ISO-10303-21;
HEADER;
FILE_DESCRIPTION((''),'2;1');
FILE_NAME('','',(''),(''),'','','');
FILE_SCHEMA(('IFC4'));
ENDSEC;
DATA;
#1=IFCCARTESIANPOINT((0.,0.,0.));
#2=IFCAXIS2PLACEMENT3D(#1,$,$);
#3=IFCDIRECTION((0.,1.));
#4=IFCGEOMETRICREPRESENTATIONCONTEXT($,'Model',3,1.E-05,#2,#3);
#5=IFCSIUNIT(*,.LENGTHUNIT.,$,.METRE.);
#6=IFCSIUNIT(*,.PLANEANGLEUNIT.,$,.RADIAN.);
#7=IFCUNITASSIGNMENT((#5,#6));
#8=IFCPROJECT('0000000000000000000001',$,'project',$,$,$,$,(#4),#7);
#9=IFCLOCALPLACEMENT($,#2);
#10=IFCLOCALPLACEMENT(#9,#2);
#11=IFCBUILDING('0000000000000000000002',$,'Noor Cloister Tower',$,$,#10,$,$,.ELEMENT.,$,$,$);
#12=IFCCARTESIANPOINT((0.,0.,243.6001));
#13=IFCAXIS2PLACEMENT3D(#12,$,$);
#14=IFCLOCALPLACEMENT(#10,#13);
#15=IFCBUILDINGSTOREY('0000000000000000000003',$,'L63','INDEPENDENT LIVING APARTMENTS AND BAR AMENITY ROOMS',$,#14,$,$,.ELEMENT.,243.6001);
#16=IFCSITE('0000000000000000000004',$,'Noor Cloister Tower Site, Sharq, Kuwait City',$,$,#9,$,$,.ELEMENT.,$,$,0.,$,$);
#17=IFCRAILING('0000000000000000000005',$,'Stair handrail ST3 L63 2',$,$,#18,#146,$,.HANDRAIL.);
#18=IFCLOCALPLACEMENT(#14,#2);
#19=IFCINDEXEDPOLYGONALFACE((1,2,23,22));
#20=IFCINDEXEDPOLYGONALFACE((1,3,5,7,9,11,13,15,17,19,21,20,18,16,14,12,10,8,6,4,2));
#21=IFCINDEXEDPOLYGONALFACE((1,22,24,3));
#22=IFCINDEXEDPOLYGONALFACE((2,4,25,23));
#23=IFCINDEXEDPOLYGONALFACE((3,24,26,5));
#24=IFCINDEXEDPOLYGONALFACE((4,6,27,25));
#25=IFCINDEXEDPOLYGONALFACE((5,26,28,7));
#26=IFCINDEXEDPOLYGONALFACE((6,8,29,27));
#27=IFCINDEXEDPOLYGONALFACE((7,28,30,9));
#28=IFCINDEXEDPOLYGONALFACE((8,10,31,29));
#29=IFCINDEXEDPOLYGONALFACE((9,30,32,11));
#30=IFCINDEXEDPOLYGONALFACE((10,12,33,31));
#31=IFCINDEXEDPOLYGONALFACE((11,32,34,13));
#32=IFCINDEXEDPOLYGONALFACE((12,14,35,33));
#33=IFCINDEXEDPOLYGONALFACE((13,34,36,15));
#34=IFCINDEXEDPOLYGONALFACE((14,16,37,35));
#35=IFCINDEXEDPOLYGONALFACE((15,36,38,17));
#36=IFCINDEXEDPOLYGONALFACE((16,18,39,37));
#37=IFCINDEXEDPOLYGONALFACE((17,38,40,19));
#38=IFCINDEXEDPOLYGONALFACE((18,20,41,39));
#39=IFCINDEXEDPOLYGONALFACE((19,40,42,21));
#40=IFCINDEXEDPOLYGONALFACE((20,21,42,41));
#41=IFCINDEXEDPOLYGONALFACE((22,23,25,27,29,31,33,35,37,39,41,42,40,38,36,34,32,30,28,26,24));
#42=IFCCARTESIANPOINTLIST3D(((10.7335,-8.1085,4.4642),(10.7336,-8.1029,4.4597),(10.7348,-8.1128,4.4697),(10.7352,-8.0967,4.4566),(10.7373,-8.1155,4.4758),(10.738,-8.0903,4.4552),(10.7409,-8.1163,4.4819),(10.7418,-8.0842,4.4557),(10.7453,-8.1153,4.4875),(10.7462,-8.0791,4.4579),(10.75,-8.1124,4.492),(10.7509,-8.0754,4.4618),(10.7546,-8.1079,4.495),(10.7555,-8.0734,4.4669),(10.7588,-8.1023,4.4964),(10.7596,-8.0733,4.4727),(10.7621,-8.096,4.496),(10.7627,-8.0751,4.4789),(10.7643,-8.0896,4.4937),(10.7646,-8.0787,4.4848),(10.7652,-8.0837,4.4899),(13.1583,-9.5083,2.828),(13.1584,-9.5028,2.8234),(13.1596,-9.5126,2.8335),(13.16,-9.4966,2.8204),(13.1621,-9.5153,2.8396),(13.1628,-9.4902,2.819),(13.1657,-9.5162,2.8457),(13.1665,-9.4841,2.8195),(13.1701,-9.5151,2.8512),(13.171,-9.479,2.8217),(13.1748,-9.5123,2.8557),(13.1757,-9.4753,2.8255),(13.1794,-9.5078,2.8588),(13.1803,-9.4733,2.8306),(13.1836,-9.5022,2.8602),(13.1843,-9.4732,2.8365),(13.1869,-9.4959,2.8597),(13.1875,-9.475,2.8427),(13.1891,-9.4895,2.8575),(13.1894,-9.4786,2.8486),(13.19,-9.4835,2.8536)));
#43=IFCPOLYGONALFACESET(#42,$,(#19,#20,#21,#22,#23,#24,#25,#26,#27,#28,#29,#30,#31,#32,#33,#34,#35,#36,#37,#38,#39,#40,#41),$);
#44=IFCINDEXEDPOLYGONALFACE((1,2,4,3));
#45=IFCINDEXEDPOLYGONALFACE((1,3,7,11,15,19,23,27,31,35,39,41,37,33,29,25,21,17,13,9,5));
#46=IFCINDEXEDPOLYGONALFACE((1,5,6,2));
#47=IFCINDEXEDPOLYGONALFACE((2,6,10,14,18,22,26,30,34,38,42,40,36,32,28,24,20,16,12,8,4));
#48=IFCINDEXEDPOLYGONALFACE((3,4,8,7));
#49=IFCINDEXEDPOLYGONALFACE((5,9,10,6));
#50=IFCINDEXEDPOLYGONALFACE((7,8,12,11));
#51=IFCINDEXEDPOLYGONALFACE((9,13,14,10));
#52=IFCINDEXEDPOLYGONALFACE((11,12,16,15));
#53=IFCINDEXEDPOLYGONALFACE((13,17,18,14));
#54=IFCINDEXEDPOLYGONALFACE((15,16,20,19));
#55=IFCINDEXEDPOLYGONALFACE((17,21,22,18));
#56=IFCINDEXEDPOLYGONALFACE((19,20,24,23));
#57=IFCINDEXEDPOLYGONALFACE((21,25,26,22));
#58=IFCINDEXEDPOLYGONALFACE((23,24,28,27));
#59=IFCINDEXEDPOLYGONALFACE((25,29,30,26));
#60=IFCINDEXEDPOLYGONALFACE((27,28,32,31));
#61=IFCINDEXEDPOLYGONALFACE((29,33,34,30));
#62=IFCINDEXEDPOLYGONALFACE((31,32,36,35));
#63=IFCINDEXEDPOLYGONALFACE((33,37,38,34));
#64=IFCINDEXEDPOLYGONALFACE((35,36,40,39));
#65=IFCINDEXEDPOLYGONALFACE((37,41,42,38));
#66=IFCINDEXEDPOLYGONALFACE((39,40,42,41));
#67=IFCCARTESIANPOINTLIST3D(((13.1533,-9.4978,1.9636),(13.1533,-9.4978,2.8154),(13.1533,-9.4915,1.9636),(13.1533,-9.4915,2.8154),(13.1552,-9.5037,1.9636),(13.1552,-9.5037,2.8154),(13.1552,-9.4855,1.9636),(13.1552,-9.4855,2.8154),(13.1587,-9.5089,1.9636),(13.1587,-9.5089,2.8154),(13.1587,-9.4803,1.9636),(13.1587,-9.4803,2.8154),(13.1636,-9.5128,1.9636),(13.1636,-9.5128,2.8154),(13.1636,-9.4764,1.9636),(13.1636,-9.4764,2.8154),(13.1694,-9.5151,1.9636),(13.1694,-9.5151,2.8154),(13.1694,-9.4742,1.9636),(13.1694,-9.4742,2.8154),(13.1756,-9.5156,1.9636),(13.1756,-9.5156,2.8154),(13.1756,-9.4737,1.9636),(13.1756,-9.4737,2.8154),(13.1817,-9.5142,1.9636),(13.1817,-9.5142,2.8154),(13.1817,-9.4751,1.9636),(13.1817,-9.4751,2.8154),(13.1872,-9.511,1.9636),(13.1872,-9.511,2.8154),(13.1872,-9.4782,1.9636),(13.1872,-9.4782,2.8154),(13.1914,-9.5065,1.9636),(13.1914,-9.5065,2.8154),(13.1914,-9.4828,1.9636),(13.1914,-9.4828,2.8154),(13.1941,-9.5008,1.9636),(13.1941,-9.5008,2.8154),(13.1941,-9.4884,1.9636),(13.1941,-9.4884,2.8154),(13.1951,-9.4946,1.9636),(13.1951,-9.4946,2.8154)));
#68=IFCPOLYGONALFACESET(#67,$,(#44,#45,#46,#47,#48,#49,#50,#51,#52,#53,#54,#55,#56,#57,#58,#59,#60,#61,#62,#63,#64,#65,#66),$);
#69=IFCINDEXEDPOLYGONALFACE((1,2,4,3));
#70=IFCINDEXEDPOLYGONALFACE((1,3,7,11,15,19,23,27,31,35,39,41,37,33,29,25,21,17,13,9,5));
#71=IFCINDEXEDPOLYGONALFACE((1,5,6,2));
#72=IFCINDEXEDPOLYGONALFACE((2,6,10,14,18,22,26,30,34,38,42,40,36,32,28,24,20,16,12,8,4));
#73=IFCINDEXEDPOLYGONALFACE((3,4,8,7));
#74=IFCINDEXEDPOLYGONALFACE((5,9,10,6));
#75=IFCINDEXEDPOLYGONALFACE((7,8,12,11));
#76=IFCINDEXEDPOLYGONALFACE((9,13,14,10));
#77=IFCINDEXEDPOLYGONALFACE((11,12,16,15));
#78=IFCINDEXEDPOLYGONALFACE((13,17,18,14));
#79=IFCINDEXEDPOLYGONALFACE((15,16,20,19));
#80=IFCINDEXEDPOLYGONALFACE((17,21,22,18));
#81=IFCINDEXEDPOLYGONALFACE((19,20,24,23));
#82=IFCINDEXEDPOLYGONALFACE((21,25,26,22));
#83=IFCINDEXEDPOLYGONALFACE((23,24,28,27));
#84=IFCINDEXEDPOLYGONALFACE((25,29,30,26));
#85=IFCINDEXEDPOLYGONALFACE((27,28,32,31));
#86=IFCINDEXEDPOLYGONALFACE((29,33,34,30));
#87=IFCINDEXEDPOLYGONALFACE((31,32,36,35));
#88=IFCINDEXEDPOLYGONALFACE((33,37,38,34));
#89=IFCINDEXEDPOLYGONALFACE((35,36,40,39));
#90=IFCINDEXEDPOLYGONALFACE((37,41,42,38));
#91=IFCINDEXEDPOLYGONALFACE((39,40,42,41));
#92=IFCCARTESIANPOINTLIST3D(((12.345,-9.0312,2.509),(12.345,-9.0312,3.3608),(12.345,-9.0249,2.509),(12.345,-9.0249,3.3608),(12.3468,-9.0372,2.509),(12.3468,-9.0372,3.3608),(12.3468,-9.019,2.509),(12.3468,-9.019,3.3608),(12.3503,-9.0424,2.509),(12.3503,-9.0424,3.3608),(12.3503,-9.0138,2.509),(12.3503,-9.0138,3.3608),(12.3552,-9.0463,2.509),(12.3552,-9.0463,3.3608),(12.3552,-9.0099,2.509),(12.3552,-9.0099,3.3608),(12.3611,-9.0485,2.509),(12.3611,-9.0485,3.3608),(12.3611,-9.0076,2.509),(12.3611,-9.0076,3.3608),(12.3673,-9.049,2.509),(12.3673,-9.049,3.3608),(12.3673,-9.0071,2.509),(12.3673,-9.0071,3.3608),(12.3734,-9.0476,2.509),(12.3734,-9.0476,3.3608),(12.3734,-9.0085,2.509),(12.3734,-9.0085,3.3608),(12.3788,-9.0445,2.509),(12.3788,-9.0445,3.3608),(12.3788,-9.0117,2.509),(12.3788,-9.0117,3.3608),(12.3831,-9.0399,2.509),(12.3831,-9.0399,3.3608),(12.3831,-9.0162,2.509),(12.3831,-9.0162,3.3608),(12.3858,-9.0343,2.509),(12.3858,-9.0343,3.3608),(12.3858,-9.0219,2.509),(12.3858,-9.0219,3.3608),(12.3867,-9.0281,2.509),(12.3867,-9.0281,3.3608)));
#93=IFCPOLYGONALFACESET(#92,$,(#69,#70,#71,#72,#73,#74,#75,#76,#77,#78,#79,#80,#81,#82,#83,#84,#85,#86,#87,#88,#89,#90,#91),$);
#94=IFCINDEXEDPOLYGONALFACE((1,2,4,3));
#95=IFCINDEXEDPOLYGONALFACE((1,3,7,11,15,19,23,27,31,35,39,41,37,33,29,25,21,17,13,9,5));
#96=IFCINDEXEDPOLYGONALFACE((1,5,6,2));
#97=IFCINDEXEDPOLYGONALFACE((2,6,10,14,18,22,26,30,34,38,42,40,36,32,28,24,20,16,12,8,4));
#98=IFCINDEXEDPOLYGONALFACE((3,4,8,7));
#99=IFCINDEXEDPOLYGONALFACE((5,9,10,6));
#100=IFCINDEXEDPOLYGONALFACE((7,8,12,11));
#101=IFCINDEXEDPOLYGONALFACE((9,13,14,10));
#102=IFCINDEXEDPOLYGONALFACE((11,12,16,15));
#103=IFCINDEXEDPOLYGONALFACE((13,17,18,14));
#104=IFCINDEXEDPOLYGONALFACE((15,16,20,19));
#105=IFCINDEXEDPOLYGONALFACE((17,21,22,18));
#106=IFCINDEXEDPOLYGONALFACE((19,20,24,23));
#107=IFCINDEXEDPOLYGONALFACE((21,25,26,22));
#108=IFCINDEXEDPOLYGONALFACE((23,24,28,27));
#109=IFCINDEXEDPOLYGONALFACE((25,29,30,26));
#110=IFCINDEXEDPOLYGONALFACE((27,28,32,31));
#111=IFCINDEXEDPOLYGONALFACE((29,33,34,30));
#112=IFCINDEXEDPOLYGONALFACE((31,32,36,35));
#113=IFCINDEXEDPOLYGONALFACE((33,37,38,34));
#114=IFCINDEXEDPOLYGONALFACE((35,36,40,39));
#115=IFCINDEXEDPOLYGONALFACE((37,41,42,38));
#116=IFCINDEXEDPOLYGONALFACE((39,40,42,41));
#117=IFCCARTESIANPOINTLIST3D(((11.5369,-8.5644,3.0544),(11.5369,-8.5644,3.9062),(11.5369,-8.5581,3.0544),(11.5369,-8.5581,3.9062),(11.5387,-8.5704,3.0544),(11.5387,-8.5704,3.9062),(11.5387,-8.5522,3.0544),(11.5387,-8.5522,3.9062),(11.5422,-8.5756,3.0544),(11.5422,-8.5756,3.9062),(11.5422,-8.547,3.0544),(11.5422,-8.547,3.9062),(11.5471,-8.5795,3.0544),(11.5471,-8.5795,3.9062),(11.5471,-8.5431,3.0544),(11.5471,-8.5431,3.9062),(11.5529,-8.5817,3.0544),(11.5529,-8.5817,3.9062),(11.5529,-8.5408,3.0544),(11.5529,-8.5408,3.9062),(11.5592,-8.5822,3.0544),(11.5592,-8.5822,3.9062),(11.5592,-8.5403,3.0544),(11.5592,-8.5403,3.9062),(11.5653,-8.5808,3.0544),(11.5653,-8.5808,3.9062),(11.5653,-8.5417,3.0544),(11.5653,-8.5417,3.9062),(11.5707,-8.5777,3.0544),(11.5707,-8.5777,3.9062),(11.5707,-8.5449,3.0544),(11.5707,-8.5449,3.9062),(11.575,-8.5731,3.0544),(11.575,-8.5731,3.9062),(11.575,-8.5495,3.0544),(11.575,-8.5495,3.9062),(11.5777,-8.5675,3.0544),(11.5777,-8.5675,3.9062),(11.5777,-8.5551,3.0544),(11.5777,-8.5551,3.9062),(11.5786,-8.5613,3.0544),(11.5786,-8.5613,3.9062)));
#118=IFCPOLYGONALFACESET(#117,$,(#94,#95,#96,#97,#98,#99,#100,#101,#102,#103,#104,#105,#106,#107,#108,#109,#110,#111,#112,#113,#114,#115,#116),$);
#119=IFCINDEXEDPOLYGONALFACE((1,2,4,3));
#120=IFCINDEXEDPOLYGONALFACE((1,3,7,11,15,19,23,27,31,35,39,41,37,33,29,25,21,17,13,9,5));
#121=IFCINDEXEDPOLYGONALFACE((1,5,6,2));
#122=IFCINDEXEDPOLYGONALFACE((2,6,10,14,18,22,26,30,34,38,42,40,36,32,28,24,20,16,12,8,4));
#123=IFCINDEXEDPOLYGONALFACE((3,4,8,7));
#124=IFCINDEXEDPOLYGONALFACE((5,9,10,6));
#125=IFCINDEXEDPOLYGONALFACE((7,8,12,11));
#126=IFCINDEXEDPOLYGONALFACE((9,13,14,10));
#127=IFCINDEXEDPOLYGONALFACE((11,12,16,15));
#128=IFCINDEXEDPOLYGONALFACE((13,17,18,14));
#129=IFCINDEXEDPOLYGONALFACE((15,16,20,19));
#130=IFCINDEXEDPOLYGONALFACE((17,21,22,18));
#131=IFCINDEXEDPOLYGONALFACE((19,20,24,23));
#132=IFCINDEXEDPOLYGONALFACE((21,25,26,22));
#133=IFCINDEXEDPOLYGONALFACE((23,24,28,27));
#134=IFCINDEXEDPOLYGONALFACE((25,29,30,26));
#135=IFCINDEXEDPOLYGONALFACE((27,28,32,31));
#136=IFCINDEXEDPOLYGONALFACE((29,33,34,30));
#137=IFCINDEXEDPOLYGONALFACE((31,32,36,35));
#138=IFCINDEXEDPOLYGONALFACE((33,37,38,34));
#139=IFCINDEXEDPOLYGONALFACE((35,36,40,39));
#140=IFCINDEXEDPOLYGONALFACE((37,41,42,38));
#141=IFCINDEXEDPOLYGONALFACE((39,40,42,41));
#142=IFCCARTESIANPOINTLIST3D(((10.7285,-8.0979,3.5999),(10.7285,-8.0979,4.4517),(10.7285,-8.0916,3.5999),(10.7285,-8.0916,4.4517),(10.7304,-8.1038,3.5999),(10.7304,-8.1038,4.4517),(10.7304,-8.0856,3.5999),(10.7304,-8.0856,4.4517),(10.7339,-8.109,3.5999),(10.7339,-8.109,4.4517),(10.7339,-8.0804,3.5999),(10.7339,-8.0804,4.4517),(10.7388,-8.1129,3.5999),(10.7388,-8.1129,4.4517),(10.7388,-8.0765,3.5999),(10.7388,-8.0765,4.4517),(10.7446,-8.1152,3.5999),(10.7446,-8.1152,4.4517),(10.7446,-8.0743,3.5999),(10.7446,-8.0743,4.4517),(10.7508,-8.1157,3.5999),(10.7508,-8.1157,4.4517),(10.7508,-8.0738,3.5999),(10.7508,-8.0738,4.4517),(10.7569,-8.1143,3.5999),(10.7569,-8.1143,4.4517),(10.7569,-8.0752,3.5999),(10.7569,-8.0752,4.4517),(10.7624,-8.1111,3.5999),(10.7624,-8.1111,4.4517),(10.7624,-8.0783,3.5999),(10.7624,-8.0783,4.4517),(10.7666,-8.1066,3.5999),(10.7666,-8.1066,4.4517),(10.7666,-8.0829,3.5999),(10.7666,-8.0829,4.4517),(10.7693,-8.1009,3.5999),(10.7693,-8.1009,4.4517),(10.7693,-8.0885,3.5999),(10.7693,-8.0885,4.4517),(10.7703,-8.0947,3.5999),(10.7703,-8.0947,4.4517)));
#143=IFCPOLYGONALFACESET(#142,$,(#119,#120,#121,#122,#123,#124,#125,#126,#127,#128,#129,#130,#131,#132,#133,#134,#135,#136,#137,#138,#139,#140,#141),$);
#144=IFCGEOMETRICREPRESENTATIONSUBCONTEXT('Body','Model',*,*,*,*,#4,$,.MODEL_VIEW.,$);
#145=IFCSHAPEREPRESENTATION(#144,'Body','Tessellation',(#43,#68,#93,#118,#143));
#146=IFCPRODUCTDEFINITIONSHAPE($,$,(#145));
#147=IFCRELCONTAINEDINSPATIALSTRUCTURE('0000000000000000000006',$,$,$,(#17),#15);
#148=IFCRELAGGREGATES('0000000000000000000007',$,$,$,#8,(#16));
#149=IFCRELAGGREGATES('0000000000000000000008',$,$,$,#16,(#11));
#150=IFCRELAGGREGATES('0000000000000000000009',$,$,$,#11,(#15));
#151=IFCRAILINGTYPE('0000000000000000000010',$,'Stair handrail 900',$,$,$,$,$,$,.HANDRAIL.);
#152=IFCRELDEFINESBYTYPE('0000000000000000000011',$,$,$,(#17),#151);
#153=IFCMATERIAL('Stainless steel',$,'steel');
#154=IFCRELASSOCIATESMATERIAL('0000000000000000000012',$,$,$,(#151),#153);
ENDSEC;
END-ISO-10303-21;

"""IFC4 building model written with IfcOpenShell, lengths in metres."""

from ifc_helpers import new_model, si_unit, direction, frame, origin, origin_2d, place, context, subcontext, project, spatial, circle, extrude, material, type_object, element, save


model = new_model("IFC4")

# Units and contexts
model_context = context("Model", 3, precision=1e-05, world=origin(), true_north=direction((0.0, 1.0)))
body_context = subcontext(model_context, "Body", "Model", "MODEL_VIEW")
ifc_project = project(units=[si_unit("LENGTHUNIT", "METRE"), si_unit("PLANEANGLEUNIT", "RADIAN")], contexts=[model_context])

# Site, building, storey
site_placement = place(None, origin())
site = spatial("IfcSite", under=ifc_project, at=site_placement, Name="Noor Cloister Tower Site, Sharq, Kuwait City", CompositionType="ELEMENT", RefElevation=0.0)
building_placement = place(site_placement, origin())
building = spatial("IfcBuilding", under=site, at=building_placement, Name="Noor Cloister Tower", CompositionType="ELEMENT")
storey_placement = place(building_placement, frame((0.0, 0.0, 243.6001)))
storey = spatial("IfcBuildingStorey", under=building, at=storey_placement, Name="L63", Description="INDEPENDENT LIVING APARTMENTS AND BAR AMENITY ROOMS", CompositionType="ELEMENT", Elevation=243.6001)

# Railing
ifc_material_1 = material(Name="Stainless steel", Category="steel")
railing_type_1 = type_object("IfcRailingType", Name="Stair handrail 900", PredefinedType="HANDRAIL", material=ifc_material_1)
railing_1_placement = place(storey_placement, frame((13.1741, -9.4946, 1.9636)))
element("IfcRailing", 1, at=railing_1_placement, inside=storey, type_object=railing_type_1, Name="Stair handrail ST3 L63 2", PredefinedType="HANDRAIL", context=body_context, shape_type="SweptSolid", body=[
    extrude(circle(Radius=0.0239, at=origin_2d()), frame((0.0, 0.0, 0.876), z_axis=(-0.747718, 0.431677, 0.504552), x_axis=(-0.499984, -0.866035, 0.0)), (0.0, 0.0, 1.0), 3.2429),
    extrude(circle(Radius=0.021, at=origin_2d()), origin(), (0.0, 0.0, 1.0), 0.8518),
    extrude(circle(Radius=0.021, at=origin_2d()), frame((-0.8083, 0.4666, 0.5454)), (0.0, 0.0, 1.0), 0.8518),
    extrude(circle(Radius=0.021, at=origin_2d()), frame((-1.6165, 0.9333, 1.0908)), (0.0, 0.0, 1.0), 0.8518),
    extrude(circle(Radius=0.021, at=origin_2d()), frame((-2.4248, 1.3999, 1.6362)), (0.0, 0.0, 1.0), 0.8518),
])

save(model, "model.ifc")
